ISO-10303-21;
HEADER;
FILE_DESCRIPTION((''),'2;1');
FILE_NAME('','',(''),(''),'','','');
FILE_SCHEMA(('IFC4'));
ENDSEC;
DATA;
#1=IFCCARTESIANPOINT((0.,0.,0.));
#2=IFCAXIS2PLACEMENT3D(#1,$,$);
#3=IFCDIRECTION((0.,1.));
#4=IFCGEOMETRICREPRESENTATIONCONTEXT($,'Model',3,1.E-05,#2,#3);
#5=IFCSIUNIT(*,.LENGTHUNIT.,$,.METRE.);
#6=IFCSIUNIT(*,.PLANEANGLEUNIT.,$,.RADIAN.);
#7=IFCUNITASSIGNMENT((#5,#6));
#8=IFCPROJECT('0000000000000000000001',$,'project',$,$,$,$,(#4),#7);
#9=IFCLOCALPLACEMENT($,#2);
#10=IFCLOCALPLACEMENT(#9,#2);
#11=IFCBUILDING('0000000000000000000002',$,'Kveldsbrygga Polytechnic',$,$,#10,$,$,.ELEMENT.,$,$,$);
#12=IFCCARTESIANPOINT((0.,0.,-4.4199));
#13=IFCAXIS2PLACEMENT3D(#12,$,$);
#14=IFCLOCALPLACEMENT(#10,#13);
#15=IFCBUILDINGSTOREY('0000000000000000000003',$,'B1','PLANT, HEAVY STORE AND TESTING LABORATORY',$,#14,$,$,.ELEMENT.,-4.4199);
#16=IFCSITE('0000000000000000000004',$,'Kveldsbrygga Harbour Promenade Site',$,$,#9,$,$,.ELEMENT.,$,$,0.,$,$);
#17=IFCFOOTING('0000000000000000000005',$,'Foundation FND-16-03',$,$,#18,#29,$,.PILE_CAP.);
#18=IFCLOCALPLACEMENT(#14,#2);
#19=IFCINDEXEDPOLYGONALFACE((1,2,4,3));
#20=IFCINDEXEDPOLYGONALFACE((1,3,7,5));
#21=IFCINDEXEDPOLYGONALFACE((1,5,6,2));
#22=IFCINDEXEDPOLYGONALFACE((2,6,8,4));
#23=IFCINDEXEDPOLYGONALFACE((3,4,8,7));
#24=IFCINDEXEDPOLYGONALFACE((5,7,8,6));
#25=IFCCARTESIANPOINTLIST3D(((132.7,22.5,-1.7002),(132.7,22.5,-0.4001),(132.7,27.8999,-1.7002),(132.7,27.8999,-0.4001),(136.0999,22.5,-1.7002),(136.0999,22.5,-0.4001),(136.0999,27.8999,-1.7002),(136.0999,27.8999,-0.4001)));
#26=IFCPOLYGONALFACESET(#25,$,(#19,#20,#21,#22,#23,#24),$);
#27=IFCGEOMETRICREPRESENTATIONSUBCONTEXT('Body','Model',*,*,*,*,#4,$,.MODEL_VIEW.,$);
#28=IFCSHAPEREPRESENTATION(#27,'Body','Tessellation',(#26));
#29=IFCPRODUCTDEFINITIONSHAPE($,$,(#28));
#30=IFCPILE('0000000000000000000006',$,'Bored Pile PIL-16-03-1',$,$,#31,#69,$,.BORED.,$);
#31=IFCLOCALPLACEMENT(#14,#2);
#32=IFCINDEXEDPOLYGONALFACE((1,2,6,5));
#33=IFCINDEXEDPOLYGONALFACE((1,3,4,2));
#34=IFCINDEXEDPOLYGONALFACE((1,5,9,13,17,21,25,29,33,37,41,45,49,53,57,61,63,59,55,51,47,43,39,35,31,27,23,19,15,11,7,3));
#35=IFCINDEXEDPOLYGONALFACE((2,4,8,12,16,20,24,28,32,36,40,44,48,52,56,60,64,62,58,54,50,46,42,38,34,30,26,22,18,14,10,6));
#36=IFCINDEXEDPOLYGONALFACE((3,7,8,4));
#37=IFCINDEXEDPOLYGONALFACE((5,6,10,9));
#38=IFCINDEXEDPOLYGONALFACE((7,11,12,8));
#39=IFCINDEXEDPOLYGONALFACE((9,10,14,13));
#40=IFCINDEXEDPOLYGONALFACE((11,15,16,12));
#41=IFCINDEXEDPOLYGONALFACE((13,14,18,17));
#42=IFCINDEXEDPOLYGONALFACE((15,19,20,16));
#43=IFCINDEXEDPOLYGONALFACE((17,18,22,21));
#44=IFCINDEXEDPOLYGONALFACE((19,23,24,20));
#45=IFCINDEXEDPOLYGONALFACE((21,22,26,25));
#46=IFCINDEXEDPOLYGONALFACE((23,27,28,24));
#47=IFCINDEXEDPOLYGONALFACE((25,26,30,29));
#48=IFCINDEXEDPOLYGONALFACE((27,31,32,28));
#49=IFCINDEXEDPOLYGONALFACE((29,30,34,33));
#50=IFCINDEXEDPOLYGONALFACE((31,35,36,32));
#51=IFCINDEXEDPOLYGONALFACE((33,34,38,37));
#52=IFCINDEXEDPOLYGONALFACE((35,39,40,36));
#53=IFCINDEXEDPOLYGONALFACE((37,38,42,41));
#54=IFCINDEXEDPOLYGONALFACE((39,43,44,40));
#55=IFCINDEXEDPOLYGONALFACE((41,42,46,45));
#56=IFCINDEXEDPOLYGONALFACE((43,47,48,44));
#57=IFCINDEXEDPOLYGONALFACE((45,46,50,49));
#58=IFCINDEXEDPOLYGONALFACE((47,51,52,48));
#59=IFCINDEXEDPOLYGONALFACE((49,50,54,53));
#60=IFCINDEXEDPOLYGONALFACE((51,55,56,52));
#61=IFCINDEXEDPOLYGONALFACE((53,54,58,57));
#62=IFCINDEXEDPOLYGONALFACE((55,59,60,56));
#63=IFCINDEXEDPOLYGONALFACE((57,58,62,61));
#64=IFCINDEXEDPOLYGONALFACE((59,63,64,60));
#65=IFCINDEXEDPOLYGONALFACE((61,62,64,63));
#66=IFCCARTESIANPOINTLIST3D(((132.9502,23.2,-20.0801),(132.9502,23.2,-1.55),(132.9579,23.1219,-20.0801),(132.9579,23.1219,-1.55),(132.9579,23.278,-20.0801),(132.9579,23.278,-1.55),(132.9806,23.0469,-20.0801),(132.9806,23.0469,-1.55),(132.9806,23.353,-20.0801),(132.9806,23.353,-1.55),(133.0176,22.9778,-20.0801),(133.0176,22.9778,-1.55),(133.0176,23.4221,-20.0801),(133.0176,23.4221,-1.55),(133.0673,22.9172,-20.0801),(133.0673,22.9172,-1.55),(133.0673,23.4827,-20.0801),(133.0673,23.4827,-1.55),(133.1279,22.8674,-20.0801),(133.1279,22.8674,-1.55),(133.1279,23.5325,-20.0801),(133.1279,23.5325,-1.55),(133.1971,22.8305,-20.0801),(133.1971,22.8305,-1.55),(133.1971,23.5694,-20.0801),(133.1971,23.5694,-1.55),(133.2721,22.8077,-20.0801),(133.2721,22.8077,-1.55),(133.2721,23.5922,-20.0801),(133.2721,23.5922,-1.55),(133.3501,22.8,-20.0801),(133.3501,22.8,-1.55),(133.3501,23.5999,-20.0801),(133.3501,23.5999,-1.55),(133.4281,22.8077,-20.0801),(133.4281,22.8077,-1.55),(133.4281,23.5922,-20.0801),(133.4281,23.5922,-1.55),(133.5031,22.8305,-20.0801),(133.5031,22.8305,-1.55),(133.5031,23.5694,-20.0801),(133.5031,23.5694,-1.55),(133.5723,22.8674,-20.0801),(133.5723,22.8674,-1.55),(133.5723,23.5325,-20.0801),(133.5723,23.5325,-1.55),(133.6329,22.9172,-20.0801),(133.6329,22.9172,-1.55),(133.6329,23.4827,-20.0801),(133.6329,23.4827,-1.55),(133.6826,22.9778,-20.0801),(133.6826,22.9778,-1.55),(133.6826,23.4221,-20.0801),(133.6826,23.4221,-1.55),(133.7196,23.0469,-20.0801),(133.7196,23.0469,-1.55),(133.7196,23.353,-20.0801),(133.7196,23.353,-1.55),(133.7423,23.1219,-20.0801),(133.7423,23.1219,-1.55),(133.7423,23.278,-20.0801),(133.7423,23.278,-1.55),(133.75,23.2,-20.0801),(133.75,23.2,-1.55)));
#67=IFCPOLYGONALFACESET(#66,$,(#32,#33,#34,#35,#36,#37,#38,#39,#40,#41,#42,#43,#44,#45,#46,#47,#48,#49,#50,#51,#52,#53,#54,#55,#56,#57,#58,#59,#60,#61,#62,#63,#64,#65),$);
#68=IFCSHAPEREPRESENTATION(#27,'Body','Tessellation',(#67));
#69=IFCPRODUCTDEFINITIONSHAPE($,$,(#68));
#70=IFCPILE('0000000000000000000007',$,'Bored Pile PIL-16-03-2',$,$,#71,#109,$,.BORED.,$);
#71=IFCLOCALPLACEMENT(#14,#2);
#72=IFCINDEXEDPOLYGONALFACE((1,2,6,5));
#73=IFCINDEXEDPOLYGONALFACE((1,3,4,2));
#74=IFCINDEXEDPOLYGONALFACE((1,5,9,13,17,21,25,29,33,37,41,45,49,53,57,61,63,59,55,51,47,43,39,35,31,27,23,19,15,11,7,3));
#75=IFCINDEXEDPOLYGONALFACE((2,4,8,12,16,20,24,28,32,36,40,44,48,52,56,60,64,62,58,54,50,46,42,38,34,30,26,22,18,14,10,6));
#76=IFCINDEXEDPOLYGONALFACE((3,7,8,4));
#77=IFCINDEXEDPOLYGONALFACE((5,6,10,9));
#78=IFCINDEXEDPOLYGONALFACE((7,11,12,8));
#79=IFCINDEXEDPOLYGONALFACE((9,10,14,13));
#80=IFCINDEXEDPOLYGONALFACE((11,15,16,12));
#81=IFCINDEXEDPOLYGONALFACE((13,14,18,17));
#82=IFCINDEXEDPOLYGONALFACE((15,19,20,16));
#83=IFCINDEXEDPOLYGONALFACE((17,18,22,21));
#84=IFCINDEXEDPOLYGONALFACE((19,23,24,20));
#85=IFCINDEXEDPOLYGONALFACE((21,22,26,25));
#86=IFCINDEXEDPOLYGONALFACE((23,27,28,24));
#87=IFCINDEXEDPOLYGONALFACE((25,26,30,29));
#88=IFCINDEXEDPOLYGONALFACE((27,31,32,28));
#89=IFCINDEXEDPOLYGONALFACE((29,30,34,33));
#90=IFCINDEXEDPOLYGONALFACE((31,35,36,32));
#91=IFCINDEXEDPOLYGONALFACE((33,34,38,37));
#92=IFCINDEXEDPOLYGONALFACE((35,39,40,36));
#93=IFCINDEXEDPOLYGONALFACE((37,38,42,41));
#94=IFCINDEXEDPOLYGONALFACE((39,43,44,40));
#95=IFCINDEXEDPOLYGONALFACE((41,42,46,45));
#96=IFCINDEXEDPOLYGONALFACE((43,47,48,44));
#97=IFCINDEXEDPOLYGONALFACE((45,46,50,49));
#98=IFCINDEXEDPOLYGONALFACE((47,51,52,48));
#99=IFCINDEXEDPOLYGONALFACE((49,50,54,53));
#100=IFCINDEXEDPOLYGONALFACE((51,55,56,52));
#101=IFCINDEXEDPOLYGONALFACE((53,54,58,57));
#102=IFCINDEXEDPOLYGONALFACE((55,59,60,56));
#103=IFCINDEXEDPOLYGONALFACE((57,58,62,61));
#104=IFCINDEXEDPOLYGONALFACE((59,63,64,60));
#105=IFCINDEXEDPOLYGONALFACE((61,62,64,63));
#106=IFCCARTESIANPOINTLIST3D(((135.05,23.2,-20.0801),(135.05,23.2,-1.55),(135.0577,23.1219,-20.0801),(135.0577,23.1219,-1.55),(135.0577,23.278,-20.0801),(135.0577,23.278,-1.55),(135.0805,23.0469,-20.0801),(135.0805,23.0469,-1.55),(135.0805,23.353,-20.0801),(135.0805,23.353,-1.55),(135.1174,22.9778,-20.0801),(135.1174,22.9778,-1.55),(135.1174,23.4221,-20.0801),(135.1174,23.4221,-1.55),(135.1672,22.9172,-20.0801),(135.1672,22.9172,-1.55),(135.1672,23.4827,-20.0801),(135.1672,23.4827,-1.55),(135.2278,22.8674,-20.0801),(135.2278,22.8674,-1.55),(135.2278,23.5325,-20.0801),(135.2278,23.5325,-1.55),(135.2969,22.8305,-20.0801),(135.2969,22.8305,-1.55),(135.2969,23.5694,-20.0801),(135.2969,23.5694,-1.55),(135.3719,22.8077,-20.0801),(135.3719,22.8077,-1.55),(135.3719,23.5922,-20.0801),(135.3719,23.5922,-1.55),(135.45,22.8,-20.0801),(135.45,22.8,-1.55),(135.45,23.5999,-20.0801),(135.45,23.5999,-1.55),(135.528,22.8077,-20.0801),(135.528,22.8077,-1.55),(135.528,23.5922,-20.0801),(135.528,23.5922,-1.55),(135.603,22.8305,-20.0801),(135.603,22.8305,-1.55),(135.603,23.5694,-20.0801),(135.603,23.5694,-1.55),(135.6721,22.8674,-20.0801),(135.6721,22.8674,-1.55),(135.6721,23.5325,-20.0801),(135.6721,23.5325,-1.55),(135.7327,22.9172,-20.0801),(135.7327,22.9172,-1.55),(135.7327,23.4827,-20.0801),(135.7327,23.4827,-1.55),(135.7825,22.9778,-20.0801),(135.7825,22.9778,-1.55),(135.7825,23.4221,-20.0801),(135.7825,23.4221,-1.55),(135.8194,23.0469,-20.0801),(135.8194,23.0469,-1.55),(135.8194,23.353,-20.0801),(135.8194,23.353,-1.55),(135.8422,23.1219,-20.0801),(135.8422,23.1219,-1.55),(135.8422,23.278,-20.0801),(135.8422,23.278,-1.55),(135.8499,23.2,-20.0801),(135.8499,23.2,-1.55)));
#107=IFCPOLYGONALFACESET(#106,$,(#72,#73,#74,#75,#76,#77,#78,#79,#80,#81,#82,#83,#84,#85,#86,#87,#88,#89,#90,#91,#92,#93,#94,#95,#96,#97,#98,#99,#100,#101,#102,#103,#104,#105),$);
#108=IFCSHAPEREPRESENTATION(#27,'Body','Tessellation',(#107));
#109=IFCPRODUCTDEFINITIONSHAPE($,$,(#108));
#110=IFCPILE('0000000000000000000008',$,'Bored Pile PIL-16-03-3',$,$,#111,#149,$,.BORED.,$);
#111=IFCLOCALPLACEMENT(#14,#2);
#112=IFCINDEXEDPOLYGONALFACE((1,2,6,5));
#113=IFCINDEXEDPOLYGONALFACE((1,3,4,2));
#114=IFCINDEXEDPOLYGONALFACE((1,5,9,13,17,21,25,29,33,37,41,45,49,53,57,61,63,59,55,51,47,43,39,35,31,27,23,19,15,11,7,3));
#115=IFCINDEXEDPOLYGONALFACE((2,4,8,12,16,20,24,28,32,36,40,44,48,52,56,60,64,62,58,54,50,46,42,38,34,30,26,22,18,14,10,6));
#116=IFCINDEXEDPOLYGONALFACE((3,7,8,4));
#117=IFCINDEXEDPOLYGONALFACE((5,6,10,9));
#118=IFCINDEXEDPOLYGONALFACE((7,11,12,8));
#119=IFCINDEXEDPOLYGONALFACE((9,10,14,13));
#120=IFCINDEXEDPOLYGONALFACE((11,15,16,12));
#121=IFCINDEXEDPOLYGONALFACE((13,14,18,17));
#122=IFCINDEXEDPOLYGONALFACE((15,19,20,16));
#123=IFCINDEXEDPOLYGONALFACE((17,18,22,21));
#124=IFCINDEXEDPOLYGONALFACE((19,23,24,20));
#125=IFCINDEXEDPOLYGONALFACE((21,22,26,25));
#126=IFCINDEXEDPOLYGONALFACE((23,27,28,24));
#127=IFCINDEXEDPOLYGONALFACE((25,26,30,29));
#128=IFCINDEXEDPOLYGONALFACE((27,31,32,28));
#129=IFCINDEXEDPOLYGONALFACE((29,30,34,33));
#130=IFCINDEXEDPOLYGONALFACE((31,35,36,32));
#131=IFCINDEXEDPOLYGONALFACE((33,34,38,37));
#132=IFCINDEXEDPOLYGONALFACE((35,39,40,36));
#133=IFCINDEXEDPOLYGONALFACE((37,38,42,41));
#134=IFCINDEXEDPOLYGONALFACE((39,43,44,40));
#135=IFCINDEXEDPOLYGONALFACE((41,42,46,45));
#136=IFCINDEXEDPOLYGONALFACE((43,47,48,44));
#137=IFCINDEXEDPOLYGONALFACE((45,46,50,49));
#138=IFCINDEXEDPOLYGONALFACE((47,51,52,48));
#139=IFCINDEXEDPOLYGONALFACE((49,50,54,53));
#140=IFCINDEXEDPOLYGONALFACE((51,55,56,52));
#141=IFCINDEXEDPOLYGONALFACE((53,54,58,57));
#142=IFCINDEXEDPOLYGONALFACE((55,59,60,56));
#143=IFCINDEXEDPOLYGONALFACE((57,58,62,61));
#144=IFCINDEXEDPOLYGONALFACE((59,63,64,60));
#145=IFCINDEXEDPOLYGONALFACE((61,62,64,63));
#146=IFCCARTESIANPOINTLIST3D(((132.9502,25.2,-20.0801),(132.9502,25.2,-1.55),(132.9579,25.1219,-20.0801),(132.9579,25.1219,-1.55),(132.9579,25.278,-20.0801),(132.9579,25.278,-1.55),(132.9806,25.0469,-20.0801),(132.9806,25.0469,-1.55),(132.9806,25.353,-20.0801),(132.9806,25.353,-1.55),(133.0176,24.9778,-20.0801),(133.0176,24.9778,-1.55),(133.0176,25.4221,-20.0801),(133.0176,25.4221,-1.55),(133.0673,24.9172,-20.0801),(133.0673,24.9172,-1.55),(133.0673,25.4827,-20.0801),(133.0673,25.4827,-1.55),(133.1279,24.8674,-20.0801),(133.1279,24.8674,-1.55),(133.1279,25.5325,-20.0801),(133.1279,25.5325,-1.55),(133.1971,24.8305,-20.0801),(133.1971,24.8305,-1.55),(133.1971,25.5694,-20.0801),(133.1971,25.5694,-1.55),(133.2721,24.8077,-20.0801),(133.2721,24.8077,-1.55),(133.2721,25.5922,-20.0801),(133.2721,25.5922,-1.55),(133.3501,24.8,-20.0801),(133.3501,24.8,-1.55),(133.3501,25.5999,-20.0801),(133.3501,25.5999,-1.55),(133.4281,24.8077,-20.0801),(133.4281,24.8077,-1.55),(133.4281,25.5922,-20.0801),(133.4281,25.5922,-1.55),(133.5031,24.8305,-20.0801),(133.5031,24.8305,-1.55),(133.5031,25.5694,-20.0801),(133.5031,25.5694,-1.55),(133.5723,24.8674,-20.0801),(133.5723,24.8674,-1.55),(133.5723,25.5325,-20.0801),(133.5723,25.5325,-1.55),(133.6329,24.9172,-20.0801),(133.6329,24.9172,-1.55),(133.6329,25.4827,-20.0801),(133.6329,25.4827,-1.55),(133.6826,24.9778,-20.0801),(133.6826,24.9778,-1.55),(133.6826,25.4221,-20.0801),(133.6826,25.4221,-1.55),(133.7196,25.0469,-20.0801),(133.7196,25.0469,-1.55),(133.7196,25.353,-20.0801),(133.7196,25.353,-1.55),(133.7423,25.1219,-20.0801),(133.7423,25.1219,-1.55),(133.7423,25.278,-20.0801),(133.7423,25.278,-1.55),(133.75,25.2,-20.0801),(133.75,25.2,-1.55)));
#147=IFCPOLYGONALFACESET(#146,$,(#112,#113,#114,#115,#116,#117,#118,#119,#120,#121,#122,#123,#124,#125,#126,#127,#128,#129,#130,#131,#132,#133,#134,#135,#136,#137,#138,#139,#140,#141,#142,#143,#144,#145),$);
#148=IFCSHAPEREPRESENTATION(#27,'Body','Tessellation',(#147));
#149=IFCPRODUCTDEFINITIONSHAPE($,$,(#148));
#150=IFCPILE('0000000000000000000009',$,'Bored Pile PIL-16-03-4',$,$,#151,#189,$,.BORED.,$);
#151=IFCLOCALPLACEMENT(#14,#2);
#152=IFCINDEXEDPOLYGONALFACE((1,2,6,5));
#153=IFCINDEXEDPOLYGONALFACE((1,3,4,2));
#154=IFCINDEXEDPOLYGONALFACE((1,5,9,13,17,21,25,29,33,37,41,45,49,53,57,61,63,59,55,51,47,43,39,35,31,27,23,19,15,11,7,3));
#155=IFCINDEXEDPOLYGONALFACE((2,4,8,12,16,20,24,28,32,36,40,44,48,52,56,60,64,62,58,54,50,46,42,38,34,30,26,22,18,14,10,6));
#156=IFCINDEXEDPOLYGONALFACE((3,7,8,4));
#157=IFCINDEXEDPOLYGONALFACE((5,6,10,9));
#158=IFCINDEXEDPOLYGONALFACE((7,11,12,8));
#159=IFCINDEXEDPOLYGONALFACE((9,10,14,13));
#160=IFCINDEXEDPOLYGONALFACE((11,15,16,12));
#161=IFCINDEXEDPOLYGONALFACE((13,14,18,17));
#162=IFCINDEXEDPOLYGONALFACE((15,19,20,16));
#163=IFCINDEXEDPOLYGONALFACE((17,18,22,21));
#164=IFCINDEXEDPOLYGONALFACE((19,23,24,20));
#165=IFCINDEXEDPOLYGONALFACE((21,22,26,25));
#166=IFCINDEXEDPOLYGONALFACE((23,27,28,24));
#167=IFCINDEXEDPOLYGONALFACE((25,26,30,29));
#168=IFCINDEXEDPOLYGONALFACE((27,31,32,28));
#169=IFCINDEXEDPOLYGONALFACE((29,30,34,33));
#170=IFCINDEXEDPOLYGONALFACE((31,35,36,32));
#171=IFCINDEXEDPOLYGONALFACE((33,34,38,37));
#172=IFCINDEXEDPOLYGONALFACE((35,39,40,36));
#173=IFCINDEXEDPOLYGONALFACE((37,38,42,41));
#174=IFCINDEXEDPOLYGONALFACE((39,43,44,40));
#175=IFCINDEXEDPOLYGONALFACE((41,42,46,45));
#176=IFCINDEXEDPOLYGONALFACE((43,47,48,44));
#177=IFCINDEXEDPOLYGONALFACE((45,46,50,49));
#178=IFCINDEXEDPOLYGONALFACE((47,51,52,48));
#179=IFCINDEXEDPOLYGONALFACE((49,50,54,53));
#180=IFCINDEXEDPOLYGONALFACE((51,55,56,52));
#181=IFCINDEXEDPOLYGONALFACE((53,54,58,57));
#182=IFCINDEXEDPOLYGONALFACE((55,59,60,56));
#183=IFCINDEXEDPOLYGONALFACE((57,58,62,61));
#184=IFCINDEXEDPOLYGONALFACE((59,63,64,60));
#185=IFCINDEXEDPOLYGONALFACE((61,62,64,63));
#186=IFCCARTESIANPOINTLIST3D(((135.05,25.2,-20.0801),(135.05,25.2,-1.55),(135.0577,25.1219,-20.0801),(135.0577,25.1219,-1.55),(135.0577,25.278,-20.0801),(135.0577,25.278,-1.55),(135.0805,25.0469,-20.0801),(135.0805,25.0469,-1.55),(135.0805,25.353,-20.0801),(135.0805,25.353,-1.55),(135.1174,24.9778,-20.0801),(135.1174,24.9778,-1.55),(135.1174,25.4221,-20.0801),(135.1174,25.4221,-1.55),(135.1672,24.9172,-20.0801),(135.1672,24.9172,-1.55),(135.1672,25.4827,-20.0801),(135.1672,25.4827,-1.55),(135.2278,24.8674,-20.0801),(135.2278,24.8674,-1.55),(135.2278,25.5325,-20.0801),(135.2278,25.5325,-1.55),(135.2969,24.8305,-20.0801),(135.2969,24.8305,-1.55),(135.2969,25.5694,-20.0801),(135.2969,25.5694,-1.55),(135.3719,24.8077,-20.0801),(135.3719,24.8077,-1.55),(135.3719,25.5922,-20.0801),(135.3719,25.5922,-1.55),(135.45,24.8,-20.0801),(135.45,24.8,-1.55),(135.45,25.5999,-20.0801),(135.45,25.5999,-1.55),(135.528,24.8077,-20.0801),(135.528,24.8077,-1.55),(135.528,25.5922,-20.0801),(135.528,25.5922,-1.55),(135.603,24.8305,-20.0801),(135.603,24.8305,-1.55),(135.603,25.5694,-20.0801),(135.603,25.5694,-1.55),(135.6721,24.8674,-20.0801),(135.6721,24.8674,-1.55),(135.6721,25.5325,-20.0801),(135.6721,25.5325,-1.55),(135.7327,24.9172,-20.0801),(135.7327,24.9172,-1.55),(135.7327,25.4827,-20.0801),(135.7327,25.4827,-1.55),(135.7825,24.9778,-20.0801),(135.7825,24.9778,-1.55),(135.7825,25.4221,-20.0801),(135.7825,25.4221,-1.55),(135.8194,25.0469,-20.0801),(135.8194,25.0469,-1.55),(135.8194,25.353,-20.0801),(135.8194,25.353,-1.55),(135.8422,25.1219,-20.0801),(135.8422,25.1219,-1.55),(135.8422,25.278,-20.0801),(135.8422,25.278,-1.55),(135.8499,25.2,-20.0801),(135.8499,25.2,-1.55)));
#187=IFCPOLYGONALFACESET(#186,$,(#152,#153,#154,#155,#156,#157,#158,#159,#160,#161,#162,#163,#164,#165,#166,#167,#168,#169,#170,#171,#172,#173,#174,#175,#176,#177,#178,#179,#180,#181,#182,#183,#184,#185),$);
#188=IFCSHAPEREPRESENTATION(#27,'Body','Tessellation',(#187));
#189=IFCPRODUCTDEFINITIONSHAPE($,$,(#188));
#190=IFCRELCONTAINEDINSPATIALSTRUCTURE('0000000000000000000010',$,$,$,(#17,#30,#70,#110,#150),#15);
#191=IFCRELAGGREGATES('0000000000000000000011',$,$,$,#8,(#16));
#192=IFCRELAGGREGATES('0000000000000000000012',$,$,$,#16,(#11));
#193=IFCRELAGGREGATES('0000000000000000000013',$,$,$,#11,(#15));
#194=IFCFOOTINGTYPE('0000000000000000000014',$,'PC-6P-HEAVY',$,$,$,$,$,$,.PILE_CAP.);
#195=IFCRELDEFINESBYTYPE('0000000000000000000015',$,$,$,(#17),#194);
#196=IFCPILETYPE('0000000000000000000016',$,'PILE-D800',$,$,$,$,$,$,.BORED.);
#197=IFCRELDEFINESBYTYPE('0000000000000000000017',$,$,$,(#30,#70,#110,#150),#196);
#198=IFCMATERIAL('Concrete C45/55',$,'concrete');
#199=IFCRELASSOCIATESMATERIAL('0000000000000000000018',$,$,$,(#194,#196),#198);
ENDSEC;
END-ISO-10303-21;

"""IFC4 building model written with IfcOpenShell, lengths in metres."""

from ifc_helpers import new_model, si_unit, direction, frame, origin, origin_2d, place, context, subcontext, project, spatial, rectangle, circle, extrude, material, material_profile, profile_set, type_object, element, save


model = new_model("IFC4")

# Units and contexts
model_context = context("Model", 3, precision=1e-05, world=origin(), true_north=direction((0.0, 1.0)))
body_context = subcontext(model_context, "Body", "Model", "MODEL_VIEW")
ifc_project = project(units=[si_unit("LENGTHUNIT", "METRE"), si_unit("PLANEANGLEUNIT", "RADIAN")], contexts=[model_context])

# Site, building, storey
site_placement = place(None, origin())
site = spatial("IfcSite", under=ifc_project, at=site_placement, Name="Kveldsbrygga Harbour Promenade Site", CompositionType="ELEMENT", RefElevation=0.0)
building_placement = place(site_placement, origin())
building = spatial("IfcBuilding", under=site, at=building_placement, Name="Kveldsbrygga Polytechnic", CompositionType="ELEMENT")
storey_placement = place(building_placement, frame((0.0, 0.0, -4.4199)))
storey = spatial("IfcBuildingStorey", under=building, at=storey_placement, Name="B1", Description="PLANT, HEAVY STORE AND TESTING LABORATORY", CompositionType="ELEMENT", Elevation=-4.4199)

# Footing
ifc_material_1 = material(Name="Concrete C45/55", Category="concrete")
footing_type = type_object("IfcFootingType", Name="PC-6P-HEAVY", PredefinedType="PILE_CAP", material=ifc_material_1)
footing_placement = place(storey_placement, frame((134.3999, 25.2, -1.7002), z_axis=(0.0, 0.0, 1.0), x_axis=(1.0, 0.0, 0.0)))
element("IfcFooting", 1, at=footing_placement, inside=storey, type_object=footing_type, Name="Foundation FND-16-03", PredefinedType="PILE_CAP", context=body_context, shape_type="SweptSolid", body=[
    extrude(rectangle(XDim=3.3999, YDim=5.3999, at=origin_2d()), origin(), (0.0, 0.0, 1.0), 1.3),
])

# Piles
ifc_material_profile_1 = material_profile(ifc_material_1, circle(Radius=0.3999, at=origin_2d()), Name="PILE D800")
ifc_profile_set_1 = profile_set([ifc_material_profile_1], Name="Concrete C45/55")
pile_type = type_object("IfcPileType", Name="PILE-D800", PredefinedType="BORED", material=ifc_profile_set_1)
for number, where, z_axis, x_axis, name in (
    (2, (133.3501, 23.2, -1.55), (0.0, 0.0, -1.0), (1.0, 0.0, 0.0), "Bored Pile PIL-16-03-1"),
    (3, (135.45, 23.2, -1.55), (0.0, 0.0, -1.0), (1.0, 0.0, 0.0), "Bored Pile PIL-16-03-2"),
    (4, (133.3501, 25.2, -1.55), (0.0, 0.0, -1.0), (1.0, 0.0, 0.0), "Bored Pile PIL-16-03-3"),
    (5, (135.45, 25.2, -1.55), (0.0, 0.0, -1.0), (1.0, 0.0, 0.0), "Bored Pile PIL-16-03-4"),
):
    element("IfcPile", number, at=place(storey_placement, frame(where, z_axis=z_axis, x_axis=x_axis)), inside=storey, type_object=pile_type, Name=name, PredefinedType="BORED", context=body_context, shape_type="SweptSolid", body=[
        extrude(circle(Radius=0.3999, at=origin_2d()), origin(), (0.0, 0.0, 1.0), 18.53),
    ])

save(model, "model.ifc")
